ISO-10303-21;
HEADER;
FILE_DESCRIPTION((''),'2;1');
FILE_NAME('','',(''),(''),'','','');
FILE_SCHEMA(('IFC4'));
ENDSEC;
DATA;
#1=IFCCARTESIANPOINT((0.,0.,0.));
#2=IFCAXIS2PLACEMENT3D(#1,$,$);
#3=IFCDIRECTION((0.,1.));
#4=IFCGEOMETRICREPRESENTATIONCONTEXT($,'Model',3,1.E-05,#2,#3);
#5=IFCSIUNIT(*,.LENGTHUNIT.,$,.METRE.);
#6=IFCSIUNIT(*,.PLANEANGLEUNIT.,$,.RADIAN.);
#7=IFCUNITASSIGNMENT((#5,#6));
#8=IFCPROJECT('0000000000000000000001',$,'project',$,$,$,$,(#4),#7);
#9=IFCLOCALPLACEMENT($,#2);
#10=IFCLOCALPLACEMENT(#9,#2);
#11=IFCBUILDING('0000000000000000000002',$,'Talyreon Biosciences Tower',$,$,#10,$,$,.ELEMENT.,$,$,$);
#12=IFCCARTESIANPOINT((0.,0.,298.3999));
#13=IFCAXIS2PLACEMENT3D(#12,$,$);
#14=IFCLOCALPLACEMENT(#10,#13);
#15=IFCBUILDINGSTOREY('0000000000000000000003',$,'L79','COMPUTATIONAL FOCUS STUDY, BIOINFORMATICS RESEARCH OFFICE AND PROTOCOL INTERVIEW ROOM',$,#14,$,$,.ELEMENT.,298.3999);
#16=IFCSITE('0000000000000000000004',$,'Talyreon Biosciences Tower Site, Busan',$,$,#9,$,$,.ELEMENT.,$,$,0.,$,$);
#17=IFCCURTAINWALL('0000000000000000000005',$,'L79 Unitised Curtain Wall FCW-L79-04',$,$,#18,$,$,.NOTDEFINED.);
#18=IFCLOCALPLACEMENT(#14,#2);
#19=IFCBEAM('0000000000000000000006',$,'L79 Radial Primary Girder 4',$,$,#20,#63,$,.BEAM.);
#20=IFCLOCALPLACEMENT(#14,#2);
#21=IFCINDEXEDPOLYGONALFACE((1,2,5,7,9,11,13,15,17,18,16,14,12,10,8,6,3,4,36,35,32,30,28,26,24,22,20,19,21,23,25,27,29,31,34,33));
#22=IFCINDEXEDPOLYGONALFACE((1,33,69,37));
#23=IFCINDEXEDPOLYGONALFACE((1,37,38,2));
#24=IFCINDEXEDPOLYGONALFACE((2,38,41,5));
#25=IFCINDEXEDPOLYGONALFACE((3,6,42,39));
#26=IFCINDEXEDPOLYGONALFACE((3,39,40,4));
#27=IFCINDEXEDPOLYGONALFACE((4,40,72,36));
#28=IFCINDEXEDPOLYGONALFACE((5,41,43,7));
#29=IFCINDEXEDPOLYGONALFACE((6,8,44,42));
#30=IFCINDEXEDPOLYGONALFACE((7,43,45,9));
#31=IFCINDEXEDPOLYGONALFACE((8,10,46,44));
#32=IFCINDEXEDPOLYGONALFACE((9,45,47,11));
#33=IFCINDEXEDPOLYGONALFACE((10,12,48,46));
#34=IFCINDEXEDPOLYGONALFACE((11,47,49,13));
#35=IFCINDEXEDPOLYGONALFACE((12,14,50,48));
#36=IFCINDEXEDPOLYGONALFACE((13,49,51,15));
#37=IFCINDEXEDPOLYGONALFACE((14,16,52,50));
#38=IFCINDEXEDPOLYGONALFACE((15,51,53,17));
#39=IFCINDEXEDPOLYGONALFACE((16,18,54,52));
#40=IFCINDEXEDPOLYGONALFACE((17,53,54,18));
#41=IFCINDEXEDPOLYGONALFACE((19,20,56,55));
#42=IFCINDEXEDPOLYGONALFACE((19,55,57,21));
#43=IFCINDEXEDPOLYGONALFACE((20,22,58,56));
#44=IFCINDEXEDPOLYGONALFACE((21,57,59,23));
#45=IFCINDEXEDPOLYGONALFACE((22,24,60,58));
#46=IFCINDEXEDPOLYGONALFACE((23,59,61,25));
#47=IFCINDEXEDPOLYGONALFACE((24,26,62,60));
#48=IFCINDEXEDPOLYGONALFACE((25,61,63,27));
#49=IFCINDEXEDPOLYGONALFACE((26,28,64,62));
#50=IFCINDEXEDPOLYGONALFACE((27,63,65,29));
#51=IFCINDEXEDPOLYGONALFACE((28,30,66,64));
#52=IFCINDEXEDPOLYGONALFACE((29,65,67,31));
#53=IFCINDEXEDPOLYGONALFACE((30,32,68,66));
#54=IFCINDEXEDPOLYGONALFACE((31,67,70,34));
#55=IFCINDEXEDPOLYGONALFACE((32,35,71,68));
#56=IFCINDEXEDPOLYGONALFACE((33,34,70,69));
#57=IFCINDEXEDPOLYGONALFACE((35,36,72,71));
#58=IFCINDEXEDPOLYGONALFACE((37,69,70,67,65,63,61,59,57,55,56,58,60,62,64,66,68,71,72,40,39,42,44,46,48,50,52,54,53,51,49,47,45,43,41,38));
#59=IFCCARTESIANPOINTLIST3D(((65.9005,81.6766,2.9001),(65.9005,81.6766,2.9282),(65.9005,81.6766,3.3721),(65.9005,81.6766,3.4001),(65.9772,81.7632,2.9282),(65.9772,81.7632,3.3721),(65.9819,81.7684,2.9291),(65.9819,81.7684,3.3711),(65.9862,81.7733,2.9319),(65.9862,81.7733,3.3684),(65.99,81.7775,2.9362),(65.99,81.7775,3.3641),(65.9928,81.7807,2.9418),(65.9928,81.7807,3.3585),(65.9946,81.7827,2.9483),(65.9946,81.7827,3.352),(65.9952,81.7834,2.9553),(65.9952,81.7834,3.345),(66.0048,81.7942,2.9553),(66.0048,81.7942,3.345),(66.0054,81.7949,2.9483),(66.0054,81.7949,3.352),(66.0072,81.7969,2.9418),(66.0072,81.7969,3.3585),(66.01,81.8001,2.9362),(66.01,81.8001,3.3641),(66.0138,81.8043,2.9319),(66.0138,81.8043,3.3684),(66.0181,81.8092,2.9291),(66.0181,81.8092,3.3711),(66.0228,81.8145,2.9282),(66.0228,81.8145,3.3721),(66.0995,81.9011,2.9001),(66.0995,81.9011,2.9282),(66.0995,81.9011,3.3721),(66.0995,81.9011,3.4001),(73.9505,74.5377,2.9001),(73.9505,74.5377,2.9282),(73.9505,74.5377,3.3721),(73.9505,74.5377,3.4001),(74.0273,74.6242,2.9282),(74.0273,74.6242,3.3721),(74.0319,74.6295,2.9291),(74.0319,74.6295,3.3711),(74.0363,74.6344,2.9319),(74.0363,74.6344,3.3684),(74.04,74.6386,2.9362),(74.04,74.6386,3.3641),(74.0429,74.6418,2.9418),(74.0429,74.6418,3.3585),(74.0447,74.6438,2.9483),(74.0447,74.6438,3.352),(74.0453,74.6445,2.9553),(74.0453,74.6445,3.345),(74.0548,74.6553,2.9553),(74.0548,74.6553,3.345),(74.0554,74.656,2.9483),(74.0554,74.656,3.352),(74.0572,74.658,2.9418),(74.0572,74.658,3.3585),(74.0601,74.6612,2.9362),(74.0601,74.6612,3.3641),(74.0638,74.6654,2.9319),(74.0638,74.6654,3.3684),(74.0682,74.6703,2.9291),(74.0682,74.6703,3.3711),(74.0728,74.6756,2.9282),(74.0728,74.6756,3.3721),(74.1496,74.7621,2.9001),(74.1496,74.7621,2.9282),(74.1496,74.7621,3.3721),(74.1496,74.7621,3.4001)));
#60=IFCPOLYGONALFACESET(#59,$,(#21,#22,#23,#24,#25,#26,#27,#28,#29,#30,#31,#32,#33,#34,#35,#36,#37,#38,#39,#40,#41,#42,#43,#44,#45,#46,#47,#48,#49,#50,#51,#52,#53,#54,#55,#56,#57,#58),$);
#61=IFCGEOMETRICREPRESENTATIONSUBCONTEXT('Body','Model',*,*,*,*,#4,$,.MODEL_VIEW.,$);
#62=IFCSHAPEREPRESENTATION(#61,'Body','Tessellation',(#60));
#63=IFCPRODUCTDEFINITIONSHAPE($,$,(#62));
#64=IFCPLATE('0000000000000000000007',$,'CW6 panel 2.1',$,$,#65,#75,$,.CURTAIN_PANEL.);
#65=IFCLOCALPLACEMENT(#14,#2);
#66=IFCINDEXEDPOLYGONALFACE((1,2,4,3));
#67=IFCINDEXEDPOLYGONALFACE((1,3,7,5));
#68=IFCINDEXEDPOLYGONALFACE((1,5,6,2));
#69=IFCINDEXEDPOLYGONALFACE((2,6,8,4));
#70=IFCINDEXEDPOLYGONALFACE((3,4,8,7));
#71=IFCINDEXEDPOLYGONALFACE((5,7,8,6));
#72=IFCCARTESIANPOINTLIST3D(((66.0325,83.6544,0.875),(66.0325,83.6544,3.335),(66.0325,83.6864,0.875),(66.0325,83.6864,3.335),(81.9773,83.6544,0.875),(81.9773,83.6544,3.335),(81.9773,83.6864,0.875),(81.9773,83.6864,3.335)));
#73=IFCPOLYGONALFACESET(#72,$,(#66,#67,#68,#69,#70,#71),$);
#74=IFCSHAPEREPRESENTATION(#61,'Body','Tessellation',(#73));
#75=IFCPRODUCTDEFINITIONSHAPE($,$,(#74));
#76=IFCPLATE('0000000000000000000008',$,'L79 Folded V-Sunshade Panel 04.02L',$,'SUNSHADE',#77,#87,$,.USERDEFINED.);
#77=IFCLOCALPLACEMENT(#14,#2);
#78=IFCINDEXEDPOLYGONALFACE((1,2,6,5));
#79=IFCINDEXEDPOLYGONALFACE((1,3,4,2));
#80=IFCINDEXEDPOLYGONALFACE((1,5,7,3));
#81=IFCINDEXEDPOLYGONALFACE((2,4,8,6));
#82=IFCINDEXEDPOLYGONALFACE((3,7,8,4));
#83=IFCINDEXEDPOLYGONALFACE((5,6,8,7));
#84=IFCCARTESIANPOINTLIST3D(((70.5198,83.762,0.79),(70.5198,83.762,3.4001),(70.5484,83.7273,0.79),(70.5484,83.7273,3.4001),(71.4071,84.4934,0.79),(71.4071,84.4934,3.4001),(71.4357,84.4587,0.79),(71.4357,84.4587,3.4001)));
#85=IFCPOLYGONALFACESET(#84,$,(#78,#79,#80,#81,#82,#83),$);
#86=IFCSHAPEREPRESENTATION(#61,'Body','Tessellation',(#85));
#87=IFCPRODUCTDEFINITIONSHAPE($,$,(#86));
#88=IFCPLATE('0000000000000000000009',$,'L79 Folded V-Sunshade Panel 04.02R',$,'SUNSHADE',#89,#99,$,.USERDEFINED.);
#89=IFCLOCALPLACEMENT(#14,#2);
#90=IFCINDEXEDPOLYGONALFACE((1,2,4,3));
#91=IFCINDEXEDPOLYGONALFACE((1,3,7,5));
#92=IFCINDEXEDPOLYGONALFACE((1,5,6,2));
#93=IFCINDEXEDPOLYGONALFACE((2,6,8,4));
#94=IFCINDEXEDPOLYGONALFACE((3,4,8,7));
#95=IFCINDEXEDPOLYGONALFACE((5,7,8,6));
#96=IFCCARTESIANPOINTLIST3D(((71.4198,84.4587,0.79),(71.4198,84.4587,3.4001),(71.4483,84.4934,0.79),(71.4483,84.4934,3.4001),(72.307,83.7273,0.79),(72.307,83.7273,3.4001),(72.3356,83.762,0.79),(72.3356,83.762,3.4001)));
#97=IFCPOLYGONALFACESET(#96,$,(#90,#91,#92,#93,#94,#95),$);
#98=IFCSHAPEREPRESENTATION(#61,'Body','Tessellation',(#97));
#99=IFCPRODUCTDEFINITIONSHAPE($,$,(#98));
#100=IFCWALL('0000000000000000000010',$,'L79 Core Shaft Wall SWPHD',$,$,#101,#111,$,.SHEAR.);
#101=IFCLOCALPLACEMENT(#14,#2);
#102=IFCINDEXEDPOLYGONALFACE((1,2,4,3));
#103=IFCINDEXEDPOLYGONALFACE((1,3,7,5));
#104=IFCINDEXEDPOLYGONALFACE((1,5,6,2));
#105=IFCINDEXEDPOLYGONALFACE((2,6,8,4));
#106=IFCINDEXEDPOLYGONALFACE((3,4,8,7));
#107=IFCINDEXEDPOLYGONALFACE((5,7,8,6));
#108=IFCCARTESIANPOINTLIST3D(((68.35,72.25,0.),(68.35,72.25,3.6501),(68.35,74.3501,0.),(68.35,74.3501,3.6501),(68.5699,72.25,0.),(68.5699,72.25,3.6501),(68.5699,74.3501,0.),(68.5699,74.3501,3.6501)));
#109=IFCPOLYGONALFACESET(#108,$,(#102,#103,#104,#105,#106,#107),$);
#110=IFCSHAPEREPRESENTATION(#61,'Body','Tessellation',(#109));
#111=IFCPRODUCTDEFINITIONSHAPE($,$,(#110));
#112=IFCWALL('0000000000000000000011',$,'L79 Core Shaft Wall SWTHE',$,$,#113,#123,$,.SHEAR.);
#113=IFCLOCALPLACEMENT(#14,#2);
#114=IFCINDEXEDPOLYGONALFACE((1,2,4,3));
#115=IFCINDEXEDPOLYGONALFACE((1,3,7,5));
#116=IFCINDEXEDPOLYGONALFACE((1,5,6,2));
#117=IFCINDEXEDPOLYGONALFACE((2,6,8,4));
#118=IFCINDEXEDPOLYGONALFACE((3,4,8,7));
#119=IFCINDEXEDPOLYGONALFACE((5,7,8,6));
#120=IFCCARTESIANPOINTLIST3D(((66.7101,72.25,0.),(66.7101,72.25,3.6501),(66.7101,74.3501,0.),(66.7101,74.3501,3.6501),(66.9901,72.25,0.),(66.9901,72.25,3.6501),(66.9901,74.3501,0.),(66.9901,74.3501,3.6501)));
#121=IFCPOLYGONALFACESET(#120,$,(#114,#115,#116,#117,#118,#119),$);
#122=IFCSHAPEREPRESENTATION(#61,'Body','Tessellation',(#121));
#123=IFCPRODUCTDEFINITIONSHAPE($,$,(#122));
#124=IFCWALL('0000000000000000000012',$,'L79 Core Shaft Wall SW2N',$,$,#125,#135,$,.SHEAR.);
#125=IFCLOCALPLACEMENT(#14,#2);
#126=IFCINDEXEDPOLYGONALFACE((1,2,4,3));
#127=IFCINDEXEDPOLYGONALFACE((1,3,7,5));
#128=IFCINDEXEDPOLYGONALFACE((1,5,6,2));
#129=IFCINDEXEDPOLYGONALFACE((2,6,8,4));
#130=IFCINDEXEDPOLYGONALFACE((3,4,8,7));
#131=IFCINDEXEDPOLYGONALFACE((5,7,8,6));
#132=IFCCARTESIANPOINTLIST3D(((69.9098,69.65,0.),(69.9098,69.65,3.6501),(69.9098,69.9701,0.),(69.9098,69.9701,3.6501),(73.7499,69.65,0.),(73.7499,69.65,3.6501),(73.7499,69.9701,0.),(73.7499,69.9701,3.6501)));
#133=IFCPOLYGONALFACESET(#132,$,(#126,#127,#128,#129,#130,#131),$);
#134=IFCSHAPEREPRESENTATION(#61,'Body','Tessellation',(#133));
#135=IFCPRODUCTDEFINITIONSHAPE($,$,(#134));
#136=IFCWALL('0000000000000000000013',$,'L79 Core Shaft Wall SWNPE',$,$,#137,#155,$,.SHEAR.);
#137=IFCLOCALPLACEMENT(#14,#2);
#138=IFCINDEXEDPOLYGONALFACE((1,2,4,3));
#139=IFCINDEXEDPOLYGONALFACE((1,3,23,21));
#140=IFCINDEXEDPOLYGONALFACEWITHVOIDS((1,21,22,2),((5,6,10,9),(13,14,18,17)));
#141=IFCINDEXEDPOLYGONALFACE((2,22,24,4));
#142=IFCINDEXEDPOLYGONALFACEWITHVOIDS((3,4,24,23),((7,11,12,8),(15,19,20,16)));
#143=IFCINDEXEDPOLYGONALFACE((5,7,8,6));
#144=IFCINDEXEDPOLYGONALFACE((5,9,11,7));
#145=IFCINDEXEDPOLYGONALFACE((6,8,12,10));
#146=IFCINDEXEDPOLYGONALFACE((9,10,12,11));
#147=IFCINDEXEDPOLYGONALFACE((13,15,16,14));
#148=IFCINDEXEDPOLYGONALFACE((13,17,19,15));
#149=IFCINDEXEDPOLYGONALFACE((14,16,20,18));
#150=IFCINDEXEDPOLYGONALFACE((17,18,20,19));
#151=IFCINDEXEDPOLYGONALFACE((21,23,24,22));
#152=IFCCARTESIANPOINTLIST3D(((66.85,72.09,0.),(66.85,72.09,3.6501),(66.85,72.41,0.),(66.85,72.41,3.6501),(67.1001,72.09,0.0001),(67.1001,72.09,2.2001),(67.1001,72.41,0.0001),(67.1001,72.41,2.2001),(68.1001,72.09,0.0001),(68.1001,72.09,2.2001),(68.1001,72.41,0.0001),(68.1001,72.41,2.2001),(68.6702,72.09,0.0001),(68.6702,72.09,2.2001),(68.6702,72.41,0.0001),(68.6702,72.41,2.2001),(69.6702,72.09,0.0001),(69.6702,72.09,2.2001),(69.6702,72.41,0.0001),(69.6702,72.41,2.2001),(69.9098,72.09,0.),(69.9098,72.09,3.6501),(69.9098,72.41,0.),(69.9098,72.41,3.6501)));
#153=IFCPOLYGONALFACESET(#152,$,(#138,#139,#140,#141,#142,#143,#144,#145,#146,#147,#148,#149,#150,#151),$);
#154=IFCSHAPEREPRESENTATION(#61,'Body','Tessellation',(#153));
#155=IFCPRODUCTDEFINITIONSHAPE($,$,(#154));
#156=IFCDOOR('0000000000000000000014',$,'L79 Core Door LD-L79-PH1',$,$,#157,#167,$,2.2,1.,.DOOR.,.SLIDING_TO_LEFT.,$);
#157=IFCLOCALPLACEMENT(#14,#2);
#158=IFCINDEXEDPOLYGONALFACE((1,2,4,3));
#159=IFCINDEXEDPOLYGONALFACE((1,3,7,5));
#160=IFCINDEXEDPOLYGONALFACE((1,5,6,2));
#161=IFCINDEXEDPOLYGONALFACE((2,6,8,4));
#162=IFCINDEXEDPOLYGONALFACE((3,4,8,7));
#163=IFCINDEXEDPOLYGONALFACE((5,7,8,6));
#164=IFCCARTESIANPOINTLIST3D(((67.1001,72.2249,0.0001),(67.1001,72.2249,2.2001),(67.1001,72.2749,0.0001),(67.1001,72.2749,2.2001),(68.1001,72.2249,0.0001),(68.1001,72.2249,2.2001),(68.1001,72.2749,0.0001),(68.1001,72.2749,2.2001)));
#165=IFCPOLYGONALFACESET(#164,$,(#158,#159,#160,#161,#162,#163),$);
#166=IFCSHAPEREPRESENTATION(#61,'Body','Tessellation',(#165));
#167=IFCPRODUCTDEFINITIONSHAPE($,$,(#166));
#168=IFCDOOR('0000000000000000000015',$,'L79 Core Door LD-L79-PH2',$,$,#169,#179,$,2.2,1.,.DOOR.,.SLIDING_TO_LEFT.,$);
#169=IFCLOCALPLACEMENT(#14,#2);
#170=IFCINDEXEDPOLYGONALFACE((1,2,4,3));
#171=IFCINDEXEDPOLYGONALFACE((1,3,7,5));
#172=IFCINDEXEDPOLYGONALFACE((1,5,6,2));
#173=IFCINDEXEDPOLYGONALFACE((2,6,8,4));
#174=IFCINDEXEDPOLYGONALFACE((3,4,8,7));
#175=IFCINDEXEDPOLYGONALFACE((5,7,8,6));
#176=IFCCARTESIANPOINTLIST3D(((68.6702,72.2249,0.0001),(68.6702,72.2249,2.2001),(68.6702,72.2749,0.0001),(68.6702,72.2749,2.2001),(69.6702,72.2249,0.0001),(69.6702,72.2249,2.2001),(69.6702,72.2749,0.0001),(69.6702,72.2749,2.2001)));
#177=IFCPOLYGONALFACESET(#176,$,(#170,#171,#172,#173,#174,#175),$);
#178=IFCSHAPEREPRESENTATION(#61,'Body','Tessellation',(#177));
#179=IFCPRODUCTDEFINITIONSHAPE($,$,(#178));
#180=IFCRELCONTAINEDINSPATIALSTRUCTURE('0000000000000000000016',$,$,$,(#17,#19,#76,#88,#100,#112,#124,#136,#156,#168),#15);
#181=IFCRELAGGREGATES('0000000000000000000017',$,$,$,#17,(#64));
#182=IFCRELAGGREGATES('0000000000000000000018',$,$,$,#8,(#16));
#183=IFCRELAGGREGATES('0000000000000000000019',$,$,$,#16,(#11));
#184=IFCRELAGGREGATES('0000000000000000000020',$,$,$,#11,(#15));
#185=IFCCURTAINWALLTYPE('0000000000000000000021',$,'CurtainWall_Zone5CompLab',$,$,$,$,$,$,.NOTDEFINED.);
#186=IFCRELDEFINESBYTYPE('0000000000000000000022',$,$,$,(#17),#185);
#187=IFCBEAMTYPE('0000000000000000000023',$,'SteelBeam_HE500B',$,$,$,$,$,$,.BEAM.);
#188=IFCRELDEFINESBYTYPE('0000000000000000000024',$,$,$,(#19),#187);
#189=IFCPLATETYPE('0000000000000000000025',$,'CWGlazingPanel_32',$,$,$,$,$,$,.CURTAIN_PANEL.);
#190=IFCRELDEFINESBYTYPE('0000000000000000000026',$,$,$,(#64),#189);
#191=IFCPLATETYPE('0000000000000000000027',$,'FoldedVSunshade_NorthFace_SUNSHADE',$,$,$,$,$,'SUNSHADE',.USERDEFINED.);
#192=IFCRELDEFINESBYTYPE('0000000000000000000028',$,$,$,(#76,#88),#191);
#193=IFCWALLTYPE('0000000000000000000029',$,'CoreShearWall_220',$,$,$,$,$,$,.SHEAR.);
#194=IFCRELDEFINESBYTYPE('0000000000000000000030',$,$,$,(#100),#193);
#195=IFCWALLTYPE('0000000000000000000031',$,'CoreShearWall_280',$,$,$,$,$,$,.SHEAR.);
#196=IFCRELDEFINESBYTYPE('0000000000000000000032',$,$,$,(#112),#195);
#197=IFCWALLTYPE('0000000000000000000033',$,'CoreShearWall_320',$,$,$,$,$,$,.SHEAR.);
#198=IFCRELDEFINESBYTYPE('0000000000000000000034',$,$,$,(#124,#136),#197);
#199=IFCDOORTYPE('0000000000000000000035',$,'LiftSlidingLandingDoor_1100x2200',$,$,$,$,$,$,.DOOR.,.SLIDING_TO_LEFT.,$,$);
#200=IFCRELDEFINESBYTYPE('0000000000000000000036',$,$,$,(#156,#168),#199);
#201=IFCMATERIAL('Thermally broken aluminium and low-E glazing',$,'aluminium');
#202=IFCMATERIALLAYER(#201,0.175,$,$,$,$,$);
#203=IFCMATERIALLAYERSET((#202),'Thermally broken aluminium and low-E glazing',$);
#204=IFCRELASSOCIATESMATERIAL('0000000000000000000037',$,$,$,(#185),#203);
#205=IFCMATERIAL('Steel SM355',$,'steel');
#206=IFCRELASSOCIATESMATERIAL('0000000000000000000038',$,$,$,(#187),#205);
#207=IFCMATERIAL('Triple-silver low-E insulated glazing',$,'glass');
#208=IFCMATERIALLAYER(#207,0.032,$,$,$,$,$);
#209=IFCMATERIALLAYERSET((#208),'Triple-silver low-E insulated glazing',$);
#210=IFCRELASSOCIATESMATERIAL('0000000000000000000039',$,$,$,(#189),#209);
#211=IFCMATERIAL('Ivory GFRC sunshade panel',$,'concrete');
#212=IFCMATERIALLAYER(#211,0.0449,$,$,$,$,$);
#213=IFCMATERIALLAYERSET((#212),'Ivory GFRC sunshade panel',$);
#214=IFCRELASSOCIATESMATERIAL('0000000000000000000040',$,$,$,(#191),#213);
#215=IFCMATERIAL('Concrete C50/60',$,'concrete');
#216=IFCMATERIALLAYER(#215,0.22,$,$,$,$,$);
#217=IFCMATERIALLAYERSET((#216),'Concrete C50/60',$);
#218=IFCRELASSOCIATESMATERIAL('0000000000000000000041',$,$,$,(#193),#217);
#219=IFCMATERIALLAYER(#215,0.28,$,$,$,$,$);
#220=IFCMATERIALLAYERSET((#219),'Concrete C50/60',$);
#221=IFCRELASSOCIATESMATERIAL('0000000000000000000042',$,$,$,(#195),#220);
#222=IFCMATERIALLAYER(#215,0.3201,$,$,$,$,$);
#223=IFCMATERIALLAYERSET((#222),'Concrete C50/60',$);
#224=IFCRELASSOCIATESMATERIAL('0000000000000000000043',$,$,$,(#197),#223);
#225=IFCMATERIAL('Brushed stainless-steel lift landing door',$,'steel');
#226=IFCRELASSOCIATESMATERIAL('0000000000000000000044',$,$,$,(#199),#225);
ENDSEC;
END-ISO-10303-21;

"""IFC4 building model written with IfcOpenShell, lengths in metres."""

from ifc_helpers import new_model, si_unit, direction, frame, frame_2d, origin, origin_2d, place, context, subcontext, project, spatial, rectangle, i_section, extrude, material, layer, layer_set, material_profile, profile_set, type_object, element, fill, aggregate, save


model = new_model("IFC4")

# Units and contexts
model_context = context("Model", 3, precision=1e-05, world=origin(), true_north=direction((0.0, 1.0)))
body_context = subcontext(model_context, "Body", "Model", "MODEL_VIEW")
ifc_project = project(units=[si_unit("LENGTHUNIT", "METRE"), si_unit("PLANEANGLEUNIT", "RADIAN")], contexts=[model_context])

# Site, building, storey
site_placement = place(None, origin())
site = spatial("IfcSite", under=ifc_project, at=site_placement, Name="Talyreon Biosciences Tower Site, Busan", CompositionType="ELEMENT", RefElevation=0.0)
building_placement = place(site_placement, origin())
building = spatial("IfcBuilding", under=site, at=building_placement, Name="Talyreon Biosciences Tower", CompositionType="ELEMENT")
storey_placement = place(building_placement, frame((0.0, 0.0, 298.3999)))
storey = spatial("IfcBuildingStorey", under=building, at=storey_placement, Name="L79", Description="COMPUTATIONAL FOCUS STUDY, BIOINFORMATICS RESEARCH OFFICE AND PROTOCOL INTERVIEW ROOM", CompositionType="ELEMENT", Elevation=298.3999)

# Shared definitions
ifc_material_1 = material(Name="Concrete C50/60", Category="concrete")

# Curtain wall
ifc_material_2 = material(Name="Thermally broken aluminium and low-E glazing", Category="aluminium")
ifc_layer_1 = layer(ifc_material_2, 0.175)
ifc_layer_set_1 = layer_set([ifc_layer_1], Name="Thermally broken aluminium and low-E glazing")
curtain_wall_type = type_object("IfcCurtainWallType", Name="CurtainWall_Zone5CompLab", PredefinedType="NOTDEFINED", material=ifc_layer_set_1)
curtain_wall_placement = place(storey_placement, origin())
curtain_wall = element("IfcCurtainWall", 1, at=curtain_wall_placement, inside=storey, type_object=curtain_wall_type, Name="L79 Unitised Curtain Wall FCW-L79-04", PredefinedType="NOTDEFINED")

# Beam
ifc_material_3 = material(Name="Steel SM355", Category="steel")
ifc_material_profile_1 = material_profile(ifc_material_3, i_section(OverallWidth=0.3, OverallDepth=0.5, WebThickness=0.0144, FlangeThickness=0.0281, FilletRadius=0.0271, at=origin_2d()), Name="HE500B")
ifc_profile_set_1 = profile_set([ifc_material_profile_1], Name="Steel SM355")
beam_type_1 = type_object("IfcBeamType", Name="SteelBeam_HE500B", PredefinedType="BEAM", material=ifc_profile_set_1)
beam_1_placement = place(storey_placement, frame((74.05, 74.6499, 3.1501), z_axis=(-0.748179, 0.663497, 0.0), x_axis=(-0.663497, -0.748179, 0.0)))
element("IfcBeam", 2, at=beam_1_placement, inside=storey, type_object=beam_type_1, Name="L79 Radial Primary Girder 4", PredefinedType="BEAM", context=body_context, shape_type="SweptSolid", body=[
    extrude(i_section(OverallWidth=0.3, OverallDepth=0.5, WebThickness=0.0144, FlangeThickness=0.0281, FilletRadius=0.0271, at=origin_2d()), origin(), (0.0, 0.0, 1.0), 10.7595),
])

# Plate
ifc_material_4 = material(Name="Triple-silver low-E insulated glazing", Category="glass")
ifc_layer_2 = layer(ifc_material_4, 0.032)
ifc_layer_set_2 = layer_set([ifc_layer_2], Name="Triple-silver low-E insulated glazing")
plate_type_1 = type_object("IfcPlateType", Name="CWGlazingPanel_32", PredefinedType="CURTAIN_PANEL", material=ifc_layer_set_2)
plate_placement = place(storey_placement, frame((74.0049, 83.6704, 0.875), z_axis=(0.0, 0.0, 1.0), x_axis=(1.0, 0.0, 0.0)))
plate = element("IfcPlate", 3, at=plate_placement, type_object=plate_type_1, Name="CW6 panel 2.1", PredefinedType="CURTAIN_PANEL", context=body_context, shape_type="SweptSolid", body=[
    extrude(rectangle(XDim=15.9448, YDim=0.032, at=origin_2d()), origin(), (0.0, 0.0, 1.0), 2.46),
])
aggregate(curtain_wall, [plate])

# Plates
ifc_material_5 = material(Name="Ivory GFRC sunshade panel", Category="concrete")
ifc_layer_3 = layer(ifc_material_5, 0.0449)
ifc_layer_set_3 = layer_set([ifc_layer_3], Name="Ivory GFRC sunshade panel")
plate_type_2 = type_object("IfcPlateType", Name="FoldedVSunshade_NorthFace_SUNSHADE", ElementType="SUNSHADE", PredefinedType="USERDEFINED", material=ifc_layer_set_3)
for number, where, z_axis, x_axis, name in (
    (4, (70.9778, 84.1104, 0.79), (0.0, 0.0, 1.0), (0.771625, 0.636078, 0.0), "L79 Folded V-Sunshade Panel 04.02L"),
    (5, (71.8777, 84.1104, 0.79), (0.0, 0.0, 1.0), (0.771625, -0.636078, 0.0), "L79 Folded V-Sunshade Panel 04.02R"),
):
    element("IfcPlate", number, at=place(storey_placement, frame(where, z_axis=z_axis, x_axis=x_axis)), inside=storey, type_object=plate_type_2, Name=name, ObjectType="SUNSHADE", PredefinedType="USERDEFINED", context=body_context, shape_type="SweptSolid", body=[
        extrude(rectangle(XDim=1.1499, YDim=0.0449, at=origin_2d()), origin(), (0.0, 0.0, 1.0), 2.6101),
    ])

# Walls
ifc_layer_4 = layer(ifc_material_1, 0.22)
ifc_layer_set_4 = layer_set([ifc_layer_4], Name="Concrete C50/60")
wall_type_1 = type_object("IfcWallType", Name="CoreShearWall_220", PredefinedType="SHEAR", material=ifc_layer_set_4)
wall_1_placement = place(storey_placement, frame((68.46, 72.25, 0.0), z_axis=(0.0, 0.0, 1.0), x_axis=(0.0, 1.0, 0.0)))
element("IfcWall", 6, at=wall_1_placement, inside=storey, type_object=wall_type_1, Name="L79 Core Shaft Wall SWPHD", PredefinedType="SHEAR", context=body_context, shape_type="SweptSolid", body=[
    extrude(rectangle(XDim=2.1001, YDim=0.22, at=frame_2d((1.05, 0.0))), origin(), (0.0, 0.0, 1.0), 3.6501),
])
ifc_layer_5 = layer(ifc_material_1, 0.28)
ifc_layer_set_5 = layer_set([ifc_layer_5], Name="Concrete C50/60")
wall_type_2 = type_object("IfcWallType", Name="CoreShearWall_280", PredefinedType="SHEAR", material=ifc_layer_set_5)
wall_2_placement = place(storey_placement, frame((66.8501, 72.25, 0.0), z_axis=(0.0, 0.0, 1.0), x_axis=(0.0, 1.0, 0.0)))
element("IfcWall", 7, at=wall_2_placement, inside=storey, type_object=wall_type_2, Name="L79 Core Shaft Wall SWTHE", PredefinedType="SHEAR", context=body_context, shape_type="SweptSolid", body=[
    extrude(rectangle(XDim=2.1001, YDim=0.28, at=frame_2d((1.05, 0.0))), origin(), (0.0, 0.0, 1.0), 3.6501),
])
ifc_layer_6 = layer(ifc_material_1, 0.3201)
ifc_layer_set_6 = layer_set([ifc_layer_6], Name="Concrete C50/60")
wall_type_3 = type_object("IfcWallType", Name="CoreShearWall_320", PredefinedType="SHEAR", material=ifc_layer_set_6)
wall_3_placement = place(storey_placement, frame((69.9099, 69.8101, 0.0), z_axis=(0.0, 0.0, 1.0), x_axis=(1.0, 0.0, 0.0)))
element("IfcWall", 8, at=wall_3_placement, inside=storey, type_object=wall_type_3, Name="L79 Core Shaft Wall SW2N", PredefinedType="SHEAR", context=body_context, shape_type="SweptSolid", body=[
    extrude(rectangle(XDim=3.8401, YDim=0.3201, at=frame_2d((1.9199, 0.0))), origin(), (0.0, 0.0, 1.0), 3.6501),
])

# Wall, openings, doors
wall_4_placement = place(storey_placement, frame((66.8501, 72.25, 0.0), z_axis=(0.0, 0.0, 1.0), x_axis=(1.0, 0.0, 0.0)))
wall_4 = element("IfcWall", 9, at=wall_4_placement, inside=storey, type_object=wall_type_3, Name="L79 Core Shaft Wall SWNPE", PredefinedType="SHEAR", context=body_context, shape_type="SweptSolid", body=[
    extrude(rectangle(XDim=3.0598, YDim=0.3201, at=frame_2d((1.5298, 0.0))), origin(), (0.0, 0.0, 1.0), 3.6501),
])
opening_1_placement = place(wall_4_placement, frame((0.25, 0.0, 0.0)))
opening_1 = element("IfcOpeningElement", 10, at=opening_1_placement, cuts=wall_4, PredefinedType="OPENING", context=body_context, shape_type="SweptSolid", body=[
    extrude(rectangle(XDim=1.0, YDim=2.2, at=frame_2d((0.5, 1.1001))), frame((0.0, 0.1699, 0.0), z_axis=(0.0, -1.0, 0.0), x_axis=(1.0, 0.0, 0.0)), (0.0, 0.0, 1.0), 0.3401),
])
opening_2_placement = place(wall_4_placement, frame((1.8201, 0.0, 0.0)))
opening_2 = element("IfcOpeningElement", 11, at=opening_2_placement, cuts=wall_4, PredefinedType="OPENING", context=body_context, shape_type="SweptSolid", body=[
    extrude(rectangle(XDim=1.0, YDim=2.2, at=frame_2d((0.5, 1.1001))), frame((0.0, 0.1699, 0.0), z_axis=(0.0, -1.0, 0.0), x_axis=(1.0, 0.0, 0.0)), (0.0, 0.0, 1.0), 0.3401),
])
ifc_material_6 = material(Name="Brushed stainless-steel lift landing door", Category="steel")
door_type = type_object("IfcDoorType", Name="LiftSlidingLandingDoor_1100x2200", OperationType="SLIDING_TO_LEFT", PredefinedType="DOOR", material=ifc_material_6)
door_1_placement = place(opening_1_placement, origin())
door_1 = element("IfcDoor", 12, at=door_1_placement, inside=storey, type_object=door_type, Name="L79 Core Door LD-L79-PH1", OperationType="SLIDING_TO_LEFT", OverallHeight=2.2, OverallWidth=1.0, PredefinedType="DOOR", context=body_context, shape_type="SweptSolid", body=[
    extrude(rectangle(XDim=1.0, YDim=2.2, at=frame_2d((0.5, 1.1001))), frame((0.0, 0.0249, 0.0), z_axis=(0.0, -1.0, 0.0), x_axis=(1.0, 0.0, 0.0)), (0.0, 0.0, 1.0), 0.05),
])
fill(opening_1, door_1)
door_2_placement = place(opening_2_placement, origin())
door_2 = element("IfcDoor", 13, at=door_2_placement, inside=storey, type_object=door_type, Name="L79 Core Door LD-L79-PH2", OperationType="SLIDING_TO_LEFT", OverallHeight=2.2, OverallWidth=1.0, PredefinedType="DOOR", context=body_context, shape_type="SweptSolid", body=[
    extrude(rectangle(XDim=1.0, YDim=2.2, at=frame_2d((0.5, 1.1001))), frame((0.0, 0.0249, 0.0), z_axis=(0.0, -1.0, 0.0), x_axis=(1.0, 0.0, 0.0)), (0.0, 0.0, 1.0), 0.05),
])
fill(opening_2, door_2)

save(model, "model.ifc")
